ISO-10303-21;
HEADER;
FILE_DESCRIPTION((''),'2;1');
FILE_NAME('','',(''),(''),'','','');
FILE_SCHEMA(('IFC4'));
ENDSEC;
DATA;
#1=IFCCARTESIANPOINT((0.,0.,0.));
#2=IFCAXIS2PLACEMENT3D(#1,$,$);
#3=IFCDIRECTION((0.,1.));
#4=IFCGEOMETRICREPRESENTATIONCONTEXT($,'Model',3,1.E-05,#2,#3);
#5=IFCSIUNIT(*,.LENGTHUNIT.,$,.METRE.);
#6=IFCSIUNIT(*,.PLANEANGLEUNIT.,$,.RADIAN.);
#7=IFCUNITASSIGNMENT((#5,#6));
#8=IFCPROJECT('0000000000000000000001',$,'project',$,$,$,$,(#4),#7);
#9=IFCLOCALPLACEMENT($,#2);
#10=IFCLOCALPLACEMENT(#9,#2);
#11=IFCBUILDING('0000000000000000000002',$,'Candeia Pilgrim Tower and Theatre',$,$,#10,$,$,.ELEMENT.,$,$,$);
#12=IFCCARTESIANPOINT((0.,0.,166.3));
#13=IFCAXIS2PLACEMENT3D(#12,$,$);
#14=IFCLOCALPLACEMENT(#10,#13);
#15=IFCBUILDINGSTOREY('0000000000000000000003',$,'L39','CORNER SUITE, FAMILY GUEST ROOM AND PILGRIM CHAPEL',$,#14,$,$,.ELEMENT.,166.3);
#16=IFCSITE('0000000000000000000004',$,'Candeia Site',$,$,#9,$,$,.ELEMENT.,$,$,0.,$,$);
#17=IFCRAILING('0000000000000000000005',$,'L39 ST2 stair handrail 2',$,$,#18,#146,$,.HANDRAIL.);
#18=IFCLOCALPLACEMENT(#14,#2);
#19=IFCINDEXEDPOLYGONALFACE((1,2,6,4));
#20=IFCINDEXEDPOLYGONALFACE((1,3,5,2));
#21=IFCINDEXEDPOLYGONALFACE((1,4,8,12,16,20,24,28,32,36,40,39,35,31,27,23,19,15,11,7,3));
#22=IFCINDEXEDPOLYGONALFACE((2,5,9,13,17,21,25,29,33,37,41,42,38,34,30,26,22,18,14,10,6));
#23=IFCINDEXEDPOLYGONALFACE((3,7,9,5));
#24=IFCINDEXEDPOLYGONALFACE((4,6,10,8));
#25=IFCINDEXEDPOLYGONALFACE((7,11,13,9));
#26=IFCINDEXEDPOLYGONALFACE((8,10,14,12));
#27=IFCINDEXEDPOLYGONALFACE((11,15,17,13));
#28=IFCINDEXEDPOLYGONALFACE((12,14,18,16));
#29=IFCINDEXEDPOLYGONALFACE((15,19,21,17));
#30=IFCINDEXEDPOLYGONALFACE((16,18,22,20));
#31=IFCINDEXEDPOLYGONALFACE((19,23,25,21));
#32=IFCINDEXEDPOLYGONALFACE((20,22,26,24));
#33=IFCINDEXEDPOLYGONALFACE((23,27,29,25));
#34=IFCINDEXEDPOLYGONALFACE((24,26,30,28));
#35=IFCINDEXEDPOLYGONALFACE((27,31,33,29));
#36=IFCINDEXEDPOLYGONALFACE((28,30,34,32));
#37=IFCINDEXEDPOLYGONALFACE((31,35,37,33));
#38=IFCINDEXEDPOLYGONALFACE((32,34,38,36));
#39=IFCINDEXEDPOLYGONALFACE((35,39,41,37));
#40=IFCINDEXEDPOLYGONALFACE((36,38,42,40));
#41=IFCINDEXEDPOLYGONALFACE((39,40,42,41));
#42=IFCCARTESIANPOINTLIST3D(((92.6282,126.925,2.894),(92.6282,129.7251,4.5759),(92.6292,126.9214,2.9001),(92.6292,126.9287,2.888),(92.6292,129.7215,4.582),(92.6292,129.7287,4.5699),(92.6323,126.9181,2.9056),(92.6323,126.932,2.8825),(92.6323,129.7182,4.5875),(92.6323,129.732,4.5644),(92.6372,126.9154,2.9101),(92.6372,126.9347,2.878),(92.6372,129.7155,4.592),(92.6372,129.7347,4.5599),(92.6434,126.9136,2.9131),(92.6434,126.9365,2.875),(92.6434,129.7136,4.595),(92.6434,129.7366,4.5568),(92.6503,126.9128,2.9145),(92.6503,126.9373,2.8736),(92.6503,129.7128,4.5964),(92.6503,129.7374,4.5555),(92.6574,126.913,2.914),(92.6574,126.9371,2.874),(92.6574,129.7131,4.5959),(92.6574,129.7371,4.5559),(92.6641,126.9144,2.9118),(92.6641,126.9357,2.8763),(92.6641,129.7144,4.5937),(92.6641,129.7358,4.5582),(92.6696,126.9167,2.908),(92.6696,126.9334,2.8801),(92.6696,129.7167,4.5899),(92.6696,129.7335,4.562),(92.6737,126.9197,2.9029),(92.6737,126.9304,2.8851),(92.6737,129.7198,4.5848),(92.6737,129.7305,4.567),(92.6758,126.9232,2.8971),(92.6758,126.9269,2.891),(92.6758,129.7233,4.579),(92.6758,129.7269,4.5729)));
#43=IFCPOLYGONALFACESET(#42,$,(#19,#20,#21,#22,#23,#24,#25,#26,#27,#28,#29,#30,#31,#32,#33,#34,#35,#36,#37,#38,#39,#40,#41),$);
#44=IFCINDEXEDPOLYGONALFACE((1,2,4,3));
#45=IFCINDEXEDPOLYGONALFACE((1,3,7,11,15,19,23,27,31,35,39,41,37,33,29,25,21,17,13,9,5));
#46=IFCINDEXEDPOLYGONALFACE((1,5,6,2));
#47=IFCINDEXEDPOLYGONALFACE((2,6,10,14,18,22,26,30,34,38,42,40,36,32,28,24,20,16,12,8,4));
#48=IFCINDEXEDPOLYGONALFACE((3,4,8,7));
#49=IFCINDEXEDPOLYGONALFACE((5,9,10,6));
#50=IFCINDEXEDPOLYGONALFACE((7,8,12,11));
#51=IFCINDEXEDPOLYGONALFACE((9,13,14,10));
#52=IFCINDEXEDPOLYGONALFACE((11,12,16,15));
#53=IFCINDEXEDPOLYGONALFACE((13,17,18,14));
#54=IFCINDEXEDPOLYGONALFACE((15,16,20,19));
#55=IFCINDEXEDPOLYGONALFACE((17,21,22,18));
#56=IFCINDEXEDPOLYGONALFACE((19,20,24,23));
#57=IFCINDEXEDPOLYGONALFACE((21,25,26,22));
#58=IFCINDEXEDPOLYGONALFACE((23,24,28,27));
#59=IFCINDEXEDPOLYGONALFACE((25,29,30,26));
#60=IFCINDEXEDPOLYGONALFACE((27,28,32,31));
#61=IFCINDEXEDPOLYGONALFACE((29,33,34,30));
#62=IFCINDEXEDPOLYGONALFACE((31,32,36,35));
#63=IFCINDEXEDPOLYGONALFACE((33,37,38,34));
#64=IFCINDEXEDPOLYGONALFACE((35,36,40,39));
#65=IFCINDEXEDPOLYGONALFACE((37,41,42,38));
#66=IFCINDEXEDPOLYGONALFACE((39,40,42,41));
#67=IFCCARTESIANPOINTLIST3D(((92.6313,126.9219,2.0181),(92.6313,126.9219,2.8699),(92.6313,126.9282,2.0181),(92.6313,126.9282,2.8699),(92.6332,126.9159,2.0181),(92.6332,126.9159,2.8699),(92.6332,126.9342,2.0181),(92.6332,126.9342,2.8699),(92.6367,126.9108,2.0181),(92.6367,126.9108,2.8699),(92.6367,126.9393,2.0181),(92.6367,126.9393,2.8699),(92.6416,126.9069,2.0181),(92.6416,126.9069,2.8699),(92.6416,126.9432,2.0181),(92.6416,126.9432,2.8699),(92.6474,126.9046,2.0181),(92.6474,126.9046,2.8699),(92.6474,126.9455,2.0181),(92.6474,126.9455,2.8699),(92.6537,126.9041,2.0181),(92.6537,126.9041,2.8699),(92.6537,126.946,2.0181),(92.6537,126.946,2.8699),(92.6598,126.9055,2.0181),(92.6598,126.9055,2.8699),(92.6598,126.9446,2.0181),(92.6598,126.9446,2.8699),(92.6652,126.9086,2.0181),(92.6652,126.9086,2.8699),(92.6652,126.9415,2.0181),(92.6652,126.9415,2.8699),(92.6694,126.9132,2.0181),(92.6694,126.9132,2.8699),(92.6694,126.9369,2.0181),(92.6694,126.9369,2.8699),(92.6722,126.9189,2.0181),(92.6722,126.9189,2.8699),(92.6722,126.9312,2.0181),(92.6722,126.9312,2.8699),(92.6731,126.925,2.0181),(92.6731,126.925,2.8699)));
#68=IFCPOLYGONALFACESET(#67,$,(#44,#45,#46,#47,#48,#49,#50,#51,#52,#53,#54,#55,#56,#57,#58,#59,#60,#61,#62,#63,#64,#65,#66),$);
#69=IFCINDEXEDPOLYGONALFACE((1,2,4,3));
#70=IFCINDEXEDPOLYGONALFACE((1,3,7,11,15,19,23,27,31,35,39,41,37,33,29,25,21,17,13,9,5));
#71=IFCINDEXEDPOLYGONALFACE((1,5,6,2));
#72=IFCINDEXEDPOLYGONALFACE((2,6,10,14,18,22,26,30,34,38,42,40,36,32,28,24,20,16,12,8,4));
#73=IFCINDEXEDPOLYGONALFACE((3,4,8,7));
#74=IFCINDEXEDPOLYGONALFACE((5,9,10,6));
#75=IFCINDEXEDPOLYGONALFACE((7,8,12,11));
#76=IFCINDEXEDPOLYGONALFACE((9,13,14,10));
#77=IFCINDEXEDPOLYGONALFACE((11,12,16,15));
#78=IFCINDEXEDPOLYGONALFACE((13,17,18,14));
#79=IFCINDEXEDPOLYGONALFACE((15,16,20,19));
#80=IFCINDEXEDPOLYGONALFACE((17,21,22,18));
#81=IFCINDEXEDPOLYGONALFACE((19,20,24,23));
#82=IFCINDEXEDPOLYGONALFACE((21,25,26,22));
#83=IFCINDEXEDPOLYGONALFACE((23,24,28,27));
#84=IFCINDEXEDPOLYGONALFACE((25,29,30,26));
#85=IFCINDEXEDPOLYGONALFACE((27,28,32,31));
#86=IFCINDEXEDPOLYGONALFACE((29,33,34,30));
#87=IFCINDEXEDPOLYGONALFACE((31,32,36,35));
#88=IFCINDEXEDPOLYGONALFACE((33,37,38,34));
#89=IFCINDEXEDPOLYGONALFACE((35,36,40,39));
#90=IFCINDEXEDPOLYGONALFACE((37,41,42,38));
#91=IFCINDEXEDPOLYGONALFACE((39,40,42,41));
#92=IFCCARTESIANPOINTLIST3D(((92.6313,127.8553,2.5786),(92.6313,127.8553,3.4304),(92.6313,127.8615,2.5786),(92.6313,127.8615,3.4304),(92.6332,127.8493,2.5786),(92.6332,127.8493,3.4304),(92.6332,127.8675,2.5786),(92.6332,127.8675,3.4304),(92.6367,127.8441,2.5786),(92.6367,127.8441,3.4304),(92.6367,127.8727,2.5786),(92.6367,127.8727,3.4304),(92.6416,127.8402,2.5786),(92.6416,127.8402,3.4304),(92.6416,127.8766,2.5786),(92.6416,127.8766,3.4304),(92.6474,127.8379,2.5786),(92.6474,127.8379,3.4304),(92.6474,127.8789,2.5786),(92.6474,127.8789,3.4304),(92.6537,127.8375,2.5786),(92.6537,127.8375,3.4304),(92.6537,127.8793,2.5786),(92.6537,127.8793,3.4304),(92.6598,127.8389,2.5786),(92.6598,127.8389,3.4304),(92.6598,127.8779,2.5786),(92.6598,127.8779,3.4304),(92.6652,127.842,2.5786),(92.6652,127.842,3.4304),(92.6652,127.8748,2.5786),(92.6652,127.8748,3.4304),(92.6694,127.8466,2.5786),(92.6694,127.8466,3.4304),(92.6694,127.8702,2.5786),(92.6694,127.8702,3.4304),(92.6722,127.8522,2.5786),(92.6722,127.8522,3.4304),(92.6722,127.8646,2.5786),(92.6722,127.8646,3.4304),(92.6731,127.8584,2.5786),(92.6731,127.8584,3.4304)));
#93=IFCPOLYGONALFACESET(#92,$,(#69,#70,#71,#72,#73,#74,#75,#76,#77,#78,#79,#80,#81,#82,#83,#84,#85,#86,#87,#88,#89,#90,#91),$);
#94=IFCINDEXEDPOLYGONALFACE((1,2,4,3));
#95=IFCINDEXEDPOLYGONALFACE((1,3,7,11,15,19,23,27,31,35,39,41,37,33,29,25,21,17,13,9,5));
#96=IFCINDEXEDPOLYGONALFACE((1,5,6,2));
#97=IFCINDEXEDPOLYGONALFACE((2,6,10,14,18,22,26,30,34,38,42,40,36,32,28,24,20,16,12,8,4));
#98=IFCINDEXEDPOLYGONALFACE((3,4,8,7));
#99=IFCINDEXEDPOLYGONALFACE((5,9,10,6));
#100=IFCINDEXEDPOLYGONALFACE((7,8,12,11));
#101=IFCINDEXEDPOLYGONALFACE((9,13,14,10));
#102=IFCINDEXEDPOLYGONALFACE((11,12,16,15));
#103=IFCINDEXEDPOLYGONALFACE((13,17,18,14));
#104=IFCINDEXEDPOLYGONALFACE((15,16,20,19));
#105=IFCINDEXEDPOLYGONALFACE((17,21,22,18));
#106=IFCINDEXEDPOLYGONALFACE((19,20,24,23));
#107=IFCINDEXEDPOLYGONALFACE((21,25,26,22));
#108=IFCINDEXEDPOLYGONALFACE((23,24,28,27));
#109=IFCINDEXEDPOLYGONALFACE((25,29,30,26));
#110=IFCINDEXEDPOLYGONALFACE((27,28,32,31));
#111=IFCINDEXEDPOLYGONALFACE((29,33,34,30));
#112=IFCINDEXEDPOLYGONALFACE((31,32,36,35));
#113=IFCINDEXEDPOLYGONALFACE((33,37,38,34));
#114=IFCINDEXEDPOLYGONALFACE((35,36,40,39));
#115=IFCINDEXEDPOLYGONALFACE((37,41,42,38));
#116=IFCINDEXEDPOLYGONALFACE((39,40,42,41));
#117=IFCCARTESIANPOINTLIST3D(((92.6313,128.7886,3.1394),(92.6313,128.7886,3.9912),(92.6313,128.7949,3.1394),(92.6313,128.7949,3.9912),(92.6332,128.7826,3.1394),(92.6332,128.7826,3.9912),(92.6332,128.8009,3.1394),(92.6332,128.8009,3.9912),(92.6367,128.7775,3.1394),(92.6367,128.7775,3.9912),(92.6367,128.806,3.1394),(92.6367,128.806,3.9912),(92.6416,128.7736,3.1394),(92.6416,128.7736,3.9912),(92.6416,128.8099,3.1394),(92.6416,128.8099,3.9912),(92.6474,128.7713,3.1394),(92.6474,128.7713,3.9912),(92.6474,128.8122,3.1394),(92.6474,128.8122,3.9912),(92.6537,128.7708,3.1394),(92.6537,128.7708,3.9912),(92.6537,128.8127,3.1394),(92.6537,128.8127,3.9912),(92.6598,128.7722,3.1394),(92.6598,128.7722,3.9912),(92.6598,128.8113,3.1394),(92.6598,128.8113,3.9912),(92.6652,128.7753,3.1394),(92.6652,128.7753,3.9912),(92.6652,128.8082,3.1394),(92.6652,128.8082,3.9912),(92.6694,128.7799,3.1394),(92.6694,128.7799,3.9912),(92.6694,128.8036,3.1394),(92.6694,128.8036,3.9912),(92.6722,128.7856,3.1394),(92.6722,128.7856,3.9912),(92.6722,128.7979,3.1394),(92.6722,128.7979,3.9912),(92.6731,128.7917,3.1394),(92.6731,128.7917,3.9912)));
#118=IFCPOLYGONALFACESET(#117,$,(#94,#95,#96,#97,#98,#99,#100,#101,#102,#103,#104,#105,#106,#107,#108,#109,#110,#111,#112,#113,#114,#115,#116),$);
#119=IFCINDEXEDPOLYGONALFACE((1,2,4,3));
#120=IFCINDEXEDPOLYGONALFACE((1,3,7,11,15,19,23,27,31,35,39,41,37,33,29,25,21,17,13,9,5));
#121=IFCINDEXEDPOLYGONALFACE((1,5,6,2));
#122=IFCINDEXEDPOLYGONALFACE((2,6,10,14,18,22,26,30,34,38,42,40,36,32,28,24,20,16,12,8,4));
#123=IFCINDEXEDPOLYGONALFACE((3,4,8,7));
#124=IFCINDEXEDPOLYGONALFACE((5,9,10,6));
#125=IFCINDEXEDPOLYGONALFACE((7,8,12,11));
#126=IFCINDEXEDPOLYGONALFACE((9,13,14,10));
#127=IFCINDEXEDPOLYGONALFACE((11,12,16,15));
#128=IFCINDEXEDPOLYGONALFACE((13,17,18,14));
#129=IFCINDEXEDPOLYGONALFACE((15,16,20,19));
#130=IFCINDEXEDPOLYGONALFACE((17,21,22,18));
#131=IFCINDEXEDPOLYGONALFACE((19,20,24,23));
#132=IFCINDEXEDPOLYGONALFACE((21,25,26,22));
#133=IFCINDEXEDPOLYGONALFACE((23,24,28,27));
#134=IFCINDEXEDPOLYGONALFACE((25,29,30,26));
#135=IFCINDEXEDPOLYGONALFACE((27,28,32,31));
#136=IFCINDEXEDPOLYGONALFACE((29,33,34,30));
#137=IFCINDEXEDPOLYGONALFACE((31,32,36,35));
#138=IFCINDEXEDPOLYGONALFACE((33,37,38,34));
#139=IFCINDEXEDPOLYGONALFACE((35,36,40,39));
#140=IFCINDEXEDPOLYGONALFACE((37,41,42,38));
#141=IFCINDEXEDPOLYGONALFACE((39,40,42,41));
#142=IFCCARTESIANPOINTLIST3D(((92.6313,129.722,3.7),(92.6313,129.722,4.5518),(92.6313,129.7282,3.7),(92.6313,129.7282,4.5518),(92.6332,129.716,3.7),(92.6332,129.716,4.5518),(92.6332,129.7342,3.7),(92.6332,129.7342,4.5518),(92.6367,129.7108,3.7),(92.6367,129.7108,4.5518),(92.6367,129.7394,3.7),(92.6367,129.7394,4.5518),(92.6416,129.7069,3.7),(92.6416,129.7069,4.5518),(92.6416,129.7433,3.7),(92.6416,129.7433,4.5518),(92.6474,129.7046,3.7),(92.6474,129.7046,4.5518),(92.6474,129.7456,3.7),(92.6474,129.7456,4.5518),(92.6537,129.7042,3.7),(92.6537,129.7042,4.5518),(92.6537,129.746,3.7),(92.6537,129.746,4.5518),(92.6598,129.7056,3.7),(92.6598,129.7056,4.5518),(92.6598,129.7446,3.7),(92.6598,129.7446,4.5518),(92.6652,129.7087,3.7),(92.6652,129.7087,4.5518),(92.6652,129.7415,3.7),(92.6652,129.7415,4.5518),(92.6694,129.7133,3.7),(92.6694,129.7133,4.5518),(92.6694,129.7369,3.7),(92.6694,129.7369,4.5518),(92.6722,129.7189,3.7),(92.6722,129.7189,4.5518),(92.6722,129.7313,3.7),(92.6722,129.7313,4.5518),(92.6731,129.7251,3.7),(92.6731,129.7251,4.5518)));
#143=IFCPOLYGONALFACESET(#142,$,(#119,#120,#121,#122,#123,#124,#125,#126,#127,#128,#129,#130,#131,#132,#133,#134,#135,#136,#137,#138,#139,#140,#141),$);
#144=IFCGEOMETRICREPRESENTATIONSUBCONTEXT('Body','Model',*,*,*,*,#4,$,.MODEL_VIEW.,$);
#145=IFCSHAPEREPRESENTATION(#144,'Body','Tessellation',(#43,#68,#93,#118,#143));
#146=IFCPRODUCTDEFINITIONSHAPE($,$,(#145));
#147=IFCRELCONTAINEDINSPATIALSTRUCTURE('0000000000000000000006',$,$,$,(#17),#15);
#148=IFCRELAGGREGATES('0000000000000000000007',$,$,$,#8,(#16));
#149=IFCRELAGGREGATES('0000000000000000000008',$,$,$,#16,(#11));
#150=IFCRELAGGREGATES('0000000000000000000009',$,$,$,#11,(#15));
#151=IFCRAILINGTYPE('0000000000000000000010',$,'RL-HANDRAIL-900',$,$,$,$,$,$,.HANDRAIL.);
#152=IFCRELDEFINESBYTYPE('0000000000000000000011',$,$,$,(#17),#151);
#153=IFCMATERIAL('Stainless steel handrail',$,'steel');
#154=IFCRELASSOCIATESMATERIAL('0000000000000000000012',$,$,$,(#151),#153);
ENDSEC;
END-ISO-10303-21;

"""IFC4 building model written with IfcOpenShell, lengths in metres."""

from ifc_helpers import new_model, si_unit, direction, frame, origin, origin_2d, place, context, subcontext, project, spatial, circle, extrude, material, type_object, element, save


model = new_model("IFC4")

# Units and contexts
model_context = context("Model", 3, precision=1e-05, world=origin(), true_north=direction((0.0, 1.0)))
body_context = subcontext(model_context, "Body", "Model", "MODEL_VIEW")
ifc_project = project(units=[si_unit("LENGTHUNIT", "METRE"), si_unit("PLANEANGLEUNIT", "RADIAN")], contexts=[model_context])

# Site, building, storey
site_placement = place(None, origin())
site = spatial("IfcSite", under=ifc_project, at=site_placement, Name="Candeia Site", CompositionType="ELEMENT", RefElevation=0.0)
building_placement = place(site_placement, origin())
building = spatial("IfcBuilding", under=site, at=building_placement, Name="Candeia Pilgrim Tower and Theatre", CompositionType="ELEMENT")
storey_placement = place(building_placement, frame((0.0, 0.0, 166.3)))
storey = spatial("IfcBuildingStorey", under=building, at=storey_placement, Name="L39", Description="CORNER SUITE, FAMILY GUEST ROOM AND PILGRIM CHAPEL", CompositionType="ELEMENT", Elevation=166.3)

# Railing
ifc_material_1 = material(Name="Stainless steel handrail", Category="steel")
railing_type = type_object("IfcRailingType", Name="RL-HANDRAIL-900", PredefinedType="HANDRAIL", material=ifc_material_1)
railing_placement = place(storey_placement, frame((92.6521, 126.925, 2.0181)))
element("IfcRailing", 1, at=railing_placement, inside=storey, type_object=railing_type, Name="L39 ST2 stair handrail 2", PredefinedType="HANDRAIL", context=body_context, shape_type="SweptSolid", body=[
    extrude(circle(Radius=0.0239, at=origin_2d()), frame((0.0, 0.0, 0.876), z_axis=(0.0, 0.857242, 0.514913), x_axis=(-1.0, 0.0, 0.0)), (0.0, 0.0, 1.0), 3.2664),
    extrude(circle(Radius=0.021, at=origin_2d()), origin(), (0.0, 0.0, 1.0), 0.8518),
    extrude(circle(Radius=0.021, at=origin_2d()), frame((0.0, 0.9333, 0.5605)), (0.0, 0.0, 1.0), 0.8518),
    extrude(circle(Radius=0.021, at=origin_2d()), frame((0.0, 1.8667, 1.1213)), (0.0, 0.0, 1.0), 0.8518),
    extrude(circle(Radius=0.021, at=origin_2d()), frame((0.0, 2.8, 1.6819)), (0.0, 0.0, 1.0), 0.8518),
])

save(model, "model.ifc")
